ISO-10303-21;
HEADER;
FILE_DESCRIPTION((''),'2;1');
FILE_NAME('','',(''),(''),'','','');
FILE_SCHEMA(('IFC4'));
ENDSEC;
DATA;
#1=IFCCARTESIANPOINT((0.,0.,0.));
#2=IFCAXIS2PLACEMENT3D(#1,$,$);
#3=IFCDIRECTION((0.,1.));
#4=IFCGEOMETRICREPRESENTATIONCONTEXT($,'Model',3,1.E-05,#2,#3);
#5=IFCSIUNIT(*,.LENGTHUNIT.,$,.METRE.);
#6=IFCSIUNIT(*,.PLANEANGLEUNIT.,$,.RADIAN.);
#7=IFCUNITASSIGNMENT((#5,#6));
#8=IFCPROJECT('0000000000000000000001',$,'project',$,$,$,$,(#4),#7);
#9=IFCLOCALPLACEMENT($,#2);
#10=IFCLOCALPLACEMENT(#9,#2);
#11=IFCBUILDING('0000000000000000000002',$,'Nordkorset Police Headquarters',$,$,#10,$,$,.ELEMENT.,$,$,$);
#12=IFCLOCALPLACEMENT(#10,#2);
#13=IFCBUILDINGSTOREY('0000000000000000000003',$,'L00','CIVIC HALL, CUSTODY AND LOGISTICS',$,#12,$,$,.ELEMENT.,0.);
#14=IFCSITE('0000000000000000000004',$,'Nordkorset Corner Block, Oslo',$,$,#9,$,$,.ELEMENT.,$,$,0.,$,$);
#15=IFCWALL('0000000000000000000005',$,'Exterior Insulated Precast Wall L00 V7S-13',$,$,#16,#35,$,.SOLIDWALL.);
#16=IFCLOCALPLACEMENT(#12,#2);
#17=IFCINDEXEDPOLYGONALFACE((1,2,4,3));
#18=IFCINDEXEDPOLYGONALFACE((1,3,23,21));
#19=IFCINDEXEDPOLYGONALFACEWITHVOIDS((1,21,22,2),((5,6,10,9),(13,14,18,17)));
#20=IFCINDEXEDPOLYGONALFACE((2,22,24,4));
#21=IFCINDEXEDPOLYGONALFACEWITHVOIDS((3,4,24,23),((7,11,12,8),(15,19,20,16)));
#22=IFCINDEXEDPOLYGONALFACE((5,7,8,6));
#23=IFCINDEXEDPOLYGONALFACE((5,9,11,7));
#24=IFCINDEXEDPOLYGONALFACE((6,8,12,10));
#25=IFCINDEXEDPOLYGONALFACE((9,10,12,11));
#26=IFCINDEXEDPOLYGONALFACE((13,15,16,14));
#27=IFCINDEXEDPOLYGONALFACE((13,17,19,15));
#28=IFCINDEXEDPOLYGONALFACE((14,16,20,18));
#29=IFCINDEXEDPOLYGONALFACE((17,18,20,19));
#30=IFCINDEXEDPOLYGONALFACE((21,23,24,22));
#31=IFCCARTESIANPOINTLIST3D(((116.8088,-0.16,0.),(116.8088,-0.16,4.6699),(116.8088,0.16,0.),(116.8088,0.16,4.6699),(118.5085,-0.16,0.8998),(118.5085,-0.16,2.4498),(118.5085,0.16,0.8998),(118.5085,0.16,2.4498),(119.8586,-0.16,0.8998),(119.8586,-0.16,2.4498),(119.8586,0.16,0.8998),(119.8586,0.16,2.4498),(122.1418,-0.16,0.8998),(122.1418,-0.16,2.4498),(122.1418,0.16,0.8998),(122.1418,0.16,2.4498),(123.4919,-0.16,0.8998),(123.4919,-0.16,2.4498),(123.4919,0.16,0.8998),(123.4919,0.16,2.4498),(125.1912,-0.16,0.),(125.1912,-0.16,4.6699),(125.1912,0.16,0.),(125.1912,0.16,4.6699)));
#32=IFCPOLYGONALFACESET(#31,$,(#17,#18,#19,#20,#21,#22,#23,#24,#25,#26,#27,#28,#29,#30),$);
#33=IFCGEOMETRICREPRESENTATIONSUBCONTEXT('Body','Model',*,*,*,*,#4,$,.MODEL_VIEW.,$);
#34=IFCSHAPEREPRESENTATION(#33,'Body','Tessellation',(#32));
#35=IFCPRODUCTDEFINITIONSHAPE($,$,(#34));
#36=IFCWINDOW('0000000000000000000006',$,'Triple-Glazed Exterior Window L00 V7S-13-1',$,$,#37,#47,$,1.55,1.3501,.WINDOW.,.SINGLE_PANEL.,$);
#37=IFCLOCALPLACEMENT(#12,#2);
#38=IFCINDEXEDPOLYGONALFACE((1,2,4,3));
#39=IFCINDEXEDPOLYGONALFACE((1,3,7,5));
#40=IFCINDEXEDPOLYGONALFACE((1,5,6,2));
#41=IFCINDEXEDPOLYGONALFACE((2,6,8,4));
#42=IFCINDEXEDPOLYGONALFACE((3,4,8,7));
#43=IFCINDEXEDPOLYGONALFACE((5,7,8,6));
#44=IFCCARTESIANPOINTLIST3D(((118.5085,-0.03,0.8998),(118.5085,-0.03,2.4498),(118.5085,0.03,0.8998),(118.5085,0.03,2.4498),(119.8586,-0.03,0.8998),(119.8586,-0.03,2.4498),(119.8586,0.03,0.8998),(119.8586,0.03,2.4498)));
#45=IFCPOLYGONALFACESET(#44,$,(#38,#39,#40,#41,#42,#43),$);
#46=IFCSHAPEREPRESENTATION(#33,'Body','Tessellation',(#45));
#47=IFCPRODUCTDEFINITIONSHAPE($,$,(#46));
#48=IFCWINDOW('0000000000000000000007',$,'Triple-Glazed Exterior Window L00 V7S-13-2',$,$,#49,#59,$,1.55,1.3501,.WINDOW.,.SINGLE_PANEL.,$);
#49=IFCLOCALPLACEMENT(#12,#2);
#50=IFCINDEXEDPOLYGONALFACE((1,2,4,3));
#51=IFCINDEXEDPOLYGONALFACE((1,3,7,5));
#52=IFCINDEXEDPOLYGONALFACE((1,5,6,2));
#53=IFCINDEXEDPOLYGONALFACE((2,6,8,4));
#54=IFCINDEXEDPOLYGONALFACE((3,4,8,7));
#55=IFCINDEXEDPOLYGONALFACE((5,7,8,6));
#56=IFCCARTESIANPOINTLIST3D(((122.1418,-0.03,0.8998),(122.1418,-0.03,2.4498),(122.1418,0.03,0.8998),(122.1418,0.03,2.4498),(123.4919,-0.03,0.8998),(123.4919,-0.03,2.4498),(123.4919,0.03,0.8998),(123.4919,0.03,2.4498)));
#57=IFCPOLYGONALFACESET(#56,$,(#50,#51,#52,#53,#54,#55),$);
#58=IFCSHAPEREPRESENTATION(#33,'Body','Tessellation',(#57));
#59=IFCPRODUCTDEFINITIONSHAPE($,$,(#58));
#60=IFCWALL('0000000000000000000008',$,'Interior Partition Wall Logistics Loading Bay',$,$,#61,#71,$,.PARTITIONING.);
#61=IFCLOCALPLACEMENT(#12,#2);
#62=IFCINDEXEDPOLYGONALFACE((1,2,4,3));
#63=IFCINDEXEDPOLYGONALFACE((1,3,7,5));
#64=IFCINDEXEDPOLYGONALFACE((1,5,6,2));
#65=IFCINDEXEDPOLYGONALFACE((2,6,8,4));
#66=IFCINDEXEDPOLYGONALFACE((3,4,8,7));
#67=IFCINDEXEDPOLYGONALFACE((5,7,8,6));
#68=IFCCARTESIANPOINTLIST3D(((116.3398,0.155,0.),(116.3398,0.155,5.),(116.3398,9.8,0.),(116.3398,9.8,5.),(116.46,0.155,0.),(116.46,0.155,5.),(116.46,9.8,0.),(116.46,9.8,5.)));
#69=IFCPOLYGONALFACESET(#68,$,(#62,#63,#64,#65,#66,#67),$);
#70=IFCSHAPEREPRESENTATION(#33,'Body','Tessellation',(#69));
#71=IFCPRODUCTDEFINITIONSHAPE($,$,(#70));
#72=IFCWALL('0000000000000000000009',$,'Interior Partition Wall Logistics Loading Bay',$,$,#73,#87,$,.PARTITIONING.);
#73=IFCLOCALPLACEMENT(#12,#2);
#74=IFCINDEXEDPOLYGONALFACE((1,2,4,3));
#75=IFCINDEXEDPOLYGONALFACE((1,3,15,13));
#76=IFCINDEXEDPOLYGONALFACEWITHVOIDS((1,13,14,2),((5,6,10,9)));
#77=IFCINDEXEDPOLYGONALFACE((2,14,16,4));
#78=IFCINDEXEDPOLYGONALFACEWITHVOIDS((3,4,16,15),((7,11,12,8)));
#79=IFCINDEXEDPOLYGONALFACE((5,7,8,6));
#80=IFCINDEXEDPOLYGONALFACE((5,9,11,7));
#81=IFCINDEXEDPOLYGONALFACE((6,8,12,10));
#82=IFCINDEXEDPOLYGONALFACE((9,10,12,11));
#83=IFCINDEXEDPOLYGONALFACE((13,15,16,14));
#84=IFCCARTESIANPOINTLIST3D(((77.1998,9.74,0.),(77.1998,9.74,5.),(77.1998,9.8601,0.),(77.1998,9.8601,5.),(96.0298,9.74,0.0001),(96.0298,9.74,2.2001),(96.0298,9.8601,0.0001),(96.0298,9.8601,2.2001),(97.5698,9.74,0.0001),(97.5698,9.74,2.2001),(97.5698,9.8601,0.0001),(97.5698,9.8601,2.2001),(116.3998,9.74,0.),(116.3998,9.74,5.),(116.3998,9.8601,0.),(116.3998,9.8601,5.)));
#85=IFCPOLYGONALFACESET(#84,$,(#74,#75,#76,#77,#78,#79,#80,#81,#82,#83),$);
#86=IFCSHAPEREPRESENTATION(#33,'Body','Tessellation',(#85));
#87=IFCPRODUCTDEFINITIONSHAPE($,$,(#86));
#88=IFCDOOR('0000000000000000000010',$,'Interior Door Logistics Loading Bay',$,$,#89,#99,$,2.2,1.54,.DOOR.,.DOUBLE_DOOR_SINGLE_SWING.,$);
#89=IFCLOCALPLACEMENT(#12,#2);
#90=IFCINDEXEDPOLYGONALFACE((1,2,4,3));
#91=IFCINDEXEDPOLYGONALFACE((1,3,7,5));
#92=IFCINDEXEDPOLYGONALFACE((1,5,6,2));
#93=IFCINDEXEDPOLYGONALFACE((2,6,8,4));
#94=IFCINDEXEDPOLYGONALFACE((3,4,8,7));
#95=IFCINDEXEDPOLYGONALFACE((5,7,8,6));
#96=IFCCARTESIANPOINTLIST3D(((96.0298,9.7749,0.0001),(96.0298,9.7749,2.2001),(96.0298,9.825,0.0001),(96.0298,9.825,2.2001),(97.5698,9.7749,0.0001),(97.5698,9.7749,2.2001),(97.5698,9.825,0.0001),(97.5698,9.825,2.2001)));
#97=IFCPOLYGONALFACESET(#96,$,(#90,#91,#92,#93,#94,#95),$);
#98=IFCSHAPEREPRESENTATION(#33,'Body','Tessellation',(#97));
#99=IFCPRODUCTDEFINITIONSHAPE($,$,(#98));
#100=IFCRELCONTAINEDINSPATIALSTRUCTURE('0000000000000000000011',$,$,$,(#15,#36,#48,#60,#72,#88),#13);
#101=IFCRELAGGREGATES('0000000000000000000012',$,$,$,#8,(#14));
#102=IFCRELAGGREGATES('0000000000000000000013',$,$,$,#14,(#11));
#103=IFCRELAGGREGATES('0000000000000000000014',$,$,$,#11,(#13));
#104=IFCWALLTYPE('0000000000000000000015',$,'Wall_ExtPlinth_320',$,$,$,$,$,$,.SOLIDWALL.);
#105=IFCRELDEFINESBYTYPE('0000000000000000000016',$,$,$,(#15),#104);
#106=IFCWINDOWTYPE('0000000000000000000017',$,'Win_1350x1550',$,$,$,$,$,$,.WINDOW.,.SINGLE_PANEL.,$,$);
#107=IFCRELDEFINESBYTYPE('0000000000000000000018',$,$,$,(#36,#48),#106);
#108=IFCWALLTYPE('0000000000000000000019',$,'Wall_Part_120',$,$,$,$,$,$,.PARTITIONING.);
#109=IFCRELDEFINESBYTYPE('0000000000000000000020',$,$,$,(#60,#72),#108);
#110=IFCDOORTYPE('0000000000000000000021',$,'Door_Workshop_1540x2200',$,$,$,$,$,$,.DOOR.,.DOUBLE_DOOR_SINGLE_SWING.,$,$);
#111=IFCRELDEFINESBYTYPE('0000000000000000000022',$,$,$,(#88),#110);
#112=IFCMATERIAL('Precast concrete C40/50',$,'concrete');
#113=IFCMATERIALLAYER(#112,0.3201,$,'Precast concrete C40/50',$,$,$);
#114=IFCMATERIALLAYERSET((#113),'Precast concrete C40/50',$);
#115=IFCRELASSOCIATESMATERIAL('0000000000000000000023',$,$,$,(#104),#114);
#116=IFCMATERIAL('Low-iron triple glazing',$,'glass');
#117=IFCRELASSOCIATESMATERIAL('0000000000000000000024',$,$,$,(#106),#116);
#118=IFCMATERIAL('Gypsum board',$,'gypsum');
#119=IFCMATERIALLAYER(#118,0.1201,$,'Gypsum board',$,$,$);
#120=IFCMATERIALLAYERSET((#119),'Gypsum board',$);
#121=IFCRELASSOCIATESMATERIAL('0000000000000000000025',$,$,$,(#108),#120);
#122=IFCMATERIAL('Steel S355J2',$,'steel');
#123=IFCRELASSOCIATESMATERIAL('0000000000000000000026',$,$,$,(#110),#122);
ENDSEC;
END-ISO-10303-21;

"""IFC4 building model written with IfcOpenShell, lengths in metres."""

from ifc_helpers import new_model, si_unit, direction, frame, frame_2d, origin, place, context, subcontext, project, spatial, rectangle, extrude, material, layer, layer_set, type_object, element, fill, save


model = new_model("IFC4")

# Units and contexts
model_context = context("Model", 3, precision=1e-05, world=origin(), true_north=direction((0.0, 1.0)))
body_context = subcontext(model_context, "Body", "Model", "MODEL_VIEW")
ifc_project = project(units=[si_unit("LENGTHUNIT", "METRE"), si_unit("PLANEANGLEUNIT", "RADIAN")], contexts=[model_context])

# Site, building, storey
site_placement = place(None, origin())
site = spatial("IfcSite", under=ifc_project, at=site_placement, Name="Nordkorset Corner Block, Oslo", CompositionType="ELEMENT", RefElevation=0.0)
building_placement = place(site_placement, origin())
building = spatial("IfcBuilding", under=site, at=building_placement, Name="Nordkorset Police Headquarters", CompositionType="ELEMENT")
storey_placement = place(building_placement, origin())
storey = spatial("IfcBuildingStorey", under=building, at=storey_placement, Name="L00", Description="CIVIC HALL, CUSTODY AND LOGISTICS", CompositionType="ELEMENT", Elevation=0.0)

# Shared definitions
ifc_material_1 = material(Name="Precast concrete C40/50", Category="concrete")
ifc_layer_1 = layer(ifc_material_1, 0.3201, Name="Precast concrete C40/50")
ifc_layer_set_1 = layer_set([ifc_layer_1], Name="Precast concrete C40/50")
wall_type_1 = type_object("IfcWallType", Name="Wall_ExtPlinth_320", PredefinedType="SOLIDWALL", material=ifc_layer_set_1)

# Wall, openings, windows
wall_1_placement = place(storey_placement, frame((116.8088, 0.0, 0.0), z_axis=(0.0, 0.0, 1.0), x_axis=(1.0, 0.0, 0.0)))
wall_1 = element("IfcWall", 1, at=wall_1_placement, inside=storey, type_object=wall_type_1, Name="Exterior Insulated Precast Wall L00 V7S-13", PredefinedType="SOLIDWALL", context=body_context, shape_type="SweptSolid", body=[
    extrude(rectangle(XDim=8.3823, YDim=0.3201, at=frame_2d((4.1912, 0.0))), origin(), (0.0, 0.0, 1.0), 4.6699),
])
opening_1_placement = place(wall_1_placement, frame((1.6997, 0.0, 0.8999)))
opening_1 = element("IfcOpeningElement", 2, at=opening_1_placement, cuts=wall_1, PredefinedType="OPENING", context=body_context, shape_type="SweptSolid", body=[
    extrude(rectangle(XDim=1.3501, YDim=1.55, at=frame_2d((0.675, 0.7749))), frame((0.0, 0.1699, 0.0), z_axis=(0.0, -1.0, 0.0), x_axis=(1.0, 0.0, 0.0)), (0.0, 0.0, 1.0), 0.3401),
])
opening_2_placement = place(wall_1_placement, frame((5.333, 0.0, 0.8999)))
opening_2 = element("IfcOpeningElement", 3, at=opening_2_placement, cuts=wall_1, PredefinedType="OPENING", context=body_context, shape_type="SweptSolid", body=[
    extrude(rectangle(XDim=1.3501, YDim=1.55, at=frame_2d((0.675, 0.7749))), frame((0.0, 0.1699, 0.0), z_axis=(0.0, -1.0, 0.0), x_axis=(1.0, 0.0, 0.0)), (0.0, 0.0, 1.0), 0.3401),
])
ifc_material_2 = material(Name="Low-iron triple glazing", Category="glass")
window_type_1 = type_object("IfcWindowType", Name="Win_1350x1550", PartitioningType="SINGLE_PANEL", PredefinedType="WINDOW", material=ifc_material_2)
window_1_placement = place(opening_1_placement, origin())
window_1 = element("IfcWindow", 4, at=window_1_placement, inside=storey, type_object=window_type_1, Name="Triple-Glazed Exterior Window L00 V7S-13-1", OverallHeight=1.55, OverallWidth=1.3501, PartitioningType="SINGLE_PANEL", PredefinedType="WINDOW", context=body_context, shape_type="SweptSolid", body=[
    extrude(rectangle(XDim=1.3501, YDim=1.55, at=frame_2d((0.675, 0.7749))), frame((0.0, 0.03, 0.0), z_axis=(0.0, -1.0, 0.0), x_axis=(1.0, 0.0, 0.0)), (0.0, 0.0, 1.0), 0.0601),
])
fill(opening_1, window_1)
window_2_placement = place(opening_2_placement, origin())
window_2 = element("IfcWindow", 5, at=window_2_placement, inside=storey, type_object=window_type_1, Name="Triple-Glazed Exterior Window L00 V7S-13-2", OverallHeight=1.55, OverallWidth=1.3501, PartitioningType="SINGLE_PANEL", PredefinedType="WINDOW", context=body_context, shape_type="SweptSolid", body=[
    extrude(rectangle(XDim=1.3501, YDim=1.55, at=frame_2d((0.675, 0.7749))), frame((0.0, 0.03, 0.0), z_axis=(0.0, -1.0, 0.0), x_axis=(1.0, 0.0, 0.0)), (0.0, 0.0, 1.0), 0.0601),
])
fill(opening_2, window_2)

# Wall
ifc_material_3 = material(Name="Gypsum board", Category="gypsum")
ifc_layer_2 = layer(ifc_material_3, 0.1201, Name="Gypsum board")
ifc_layer_set_2 = layer_set([ifc_layer_2], Name="Gypsum board")
wall_type_2 = type_object("IfcWallType", Name="Wall_Part_120", PredefinedType="PARTITIONING", material=ifc_layer_set_2)
wall_2_placement = place(storey_placement, frame((116.3999, 0.155, 0.0), z_axis=(0.0, 0.0, 1.0), x_axis=(0.0, 1.0, 0.0)))
element("IfcWall", 6, at=wall_2_placement, inside=storey, type_object=wall_type_2, Name="Interior Partition Wall Logistics Loading Bay", PredefinedType="PARTITIONING", context=body_context, shape_type="SweptSolid", body=[
    extrude(rectangle(XDim=9.645, YDim=0.1201, at=frame_2d((4.8225, 0.0))), origin(), (0.0, 0.0, 1.0), 5.0),
])

# Wall, opening, door
wall_3_placement = place(storey_placement, frame((116.3999, 9.8, 0.0), z_axis=(0.0, 0.0, 1.0), x_axis=(-1.0, 0.0, 0.0)))
wall_3 = element("IfcWall", 7, at=wall_3_placement, inside=storey, type_object=wall_type_2, Name="Interior Partition Wall Logistics Loading Bay", PredefinedType="PARTITIONING", context=body_context, shape_type="SweptSolid", body=[
    extrude(rectangle(XDim=39.2, YDim=0.1201, at=frame_2d((19.6001, 0.0))), origin(), (0.0, 0.0, 1.0), 5.0),
])
opening_3_placement = place(wall_3_placement, frame((18.8301, 0.0, 0.0)))
opening_3 = element("IfcOpeningElement", 8, at=opening_3_placement, cuts=wall_3, PredefinedType="OPENING", context=body_context, shape_type="SweptSolid", body=[
    extrude(rectangle(XDim=1.54, YDim=2.2, at=frame_2d((0.77, 1.1001))), frame((0.0, 0.0701, 0.0), z_axis=(0.0, -1.0, 0.0), x_axis=(1.0, 0.0, 0.0)), (0.0, 0.0, 1.0), 0.1401),
])
ifc_material_4 = material(Name="Steel S355J2", Category="steel")
door_type = type_object("IfcDoorType", Name="Door_Workshop_1540x2200", OperationType="DOUBLE_DOOR_SINGLE_SWING", PredefinedType="DOOR", material=ifc_material_4)
door_placement = place(opening_3_placement, frame((1.54, 0.0, 0.0), z_axis=(0.0, 0.0, 1.0), x_axis=(-1.0, 0.0, 0.0)))
door = element("IfcDoor", 9, at=door_placement, inside=storey, type_object=door_type, Name="Interior Door Logistics Loading Bay", OperationType="DOUBLE_DOOR_SINGLE_SWING", OverallHeight=2.2, OverallWidth=1.54, PredefinedType="DOOR", context=body_context, shape_type="SweptSolid", body=[
    extrude(rectangle(XDim=1.54, YDim=2.2, at=frame_2d((0.77, 1.1001))), frame((0.0, 0.0249, 0.0), z_axis=(0.0, -1.0, 0.0), x_axis=(1.0, 0.0, 0.0)), (0.0, 0.0, 1.0), 0.05),
])
fill(opening_3, door)

save(model, "model.ifc")
